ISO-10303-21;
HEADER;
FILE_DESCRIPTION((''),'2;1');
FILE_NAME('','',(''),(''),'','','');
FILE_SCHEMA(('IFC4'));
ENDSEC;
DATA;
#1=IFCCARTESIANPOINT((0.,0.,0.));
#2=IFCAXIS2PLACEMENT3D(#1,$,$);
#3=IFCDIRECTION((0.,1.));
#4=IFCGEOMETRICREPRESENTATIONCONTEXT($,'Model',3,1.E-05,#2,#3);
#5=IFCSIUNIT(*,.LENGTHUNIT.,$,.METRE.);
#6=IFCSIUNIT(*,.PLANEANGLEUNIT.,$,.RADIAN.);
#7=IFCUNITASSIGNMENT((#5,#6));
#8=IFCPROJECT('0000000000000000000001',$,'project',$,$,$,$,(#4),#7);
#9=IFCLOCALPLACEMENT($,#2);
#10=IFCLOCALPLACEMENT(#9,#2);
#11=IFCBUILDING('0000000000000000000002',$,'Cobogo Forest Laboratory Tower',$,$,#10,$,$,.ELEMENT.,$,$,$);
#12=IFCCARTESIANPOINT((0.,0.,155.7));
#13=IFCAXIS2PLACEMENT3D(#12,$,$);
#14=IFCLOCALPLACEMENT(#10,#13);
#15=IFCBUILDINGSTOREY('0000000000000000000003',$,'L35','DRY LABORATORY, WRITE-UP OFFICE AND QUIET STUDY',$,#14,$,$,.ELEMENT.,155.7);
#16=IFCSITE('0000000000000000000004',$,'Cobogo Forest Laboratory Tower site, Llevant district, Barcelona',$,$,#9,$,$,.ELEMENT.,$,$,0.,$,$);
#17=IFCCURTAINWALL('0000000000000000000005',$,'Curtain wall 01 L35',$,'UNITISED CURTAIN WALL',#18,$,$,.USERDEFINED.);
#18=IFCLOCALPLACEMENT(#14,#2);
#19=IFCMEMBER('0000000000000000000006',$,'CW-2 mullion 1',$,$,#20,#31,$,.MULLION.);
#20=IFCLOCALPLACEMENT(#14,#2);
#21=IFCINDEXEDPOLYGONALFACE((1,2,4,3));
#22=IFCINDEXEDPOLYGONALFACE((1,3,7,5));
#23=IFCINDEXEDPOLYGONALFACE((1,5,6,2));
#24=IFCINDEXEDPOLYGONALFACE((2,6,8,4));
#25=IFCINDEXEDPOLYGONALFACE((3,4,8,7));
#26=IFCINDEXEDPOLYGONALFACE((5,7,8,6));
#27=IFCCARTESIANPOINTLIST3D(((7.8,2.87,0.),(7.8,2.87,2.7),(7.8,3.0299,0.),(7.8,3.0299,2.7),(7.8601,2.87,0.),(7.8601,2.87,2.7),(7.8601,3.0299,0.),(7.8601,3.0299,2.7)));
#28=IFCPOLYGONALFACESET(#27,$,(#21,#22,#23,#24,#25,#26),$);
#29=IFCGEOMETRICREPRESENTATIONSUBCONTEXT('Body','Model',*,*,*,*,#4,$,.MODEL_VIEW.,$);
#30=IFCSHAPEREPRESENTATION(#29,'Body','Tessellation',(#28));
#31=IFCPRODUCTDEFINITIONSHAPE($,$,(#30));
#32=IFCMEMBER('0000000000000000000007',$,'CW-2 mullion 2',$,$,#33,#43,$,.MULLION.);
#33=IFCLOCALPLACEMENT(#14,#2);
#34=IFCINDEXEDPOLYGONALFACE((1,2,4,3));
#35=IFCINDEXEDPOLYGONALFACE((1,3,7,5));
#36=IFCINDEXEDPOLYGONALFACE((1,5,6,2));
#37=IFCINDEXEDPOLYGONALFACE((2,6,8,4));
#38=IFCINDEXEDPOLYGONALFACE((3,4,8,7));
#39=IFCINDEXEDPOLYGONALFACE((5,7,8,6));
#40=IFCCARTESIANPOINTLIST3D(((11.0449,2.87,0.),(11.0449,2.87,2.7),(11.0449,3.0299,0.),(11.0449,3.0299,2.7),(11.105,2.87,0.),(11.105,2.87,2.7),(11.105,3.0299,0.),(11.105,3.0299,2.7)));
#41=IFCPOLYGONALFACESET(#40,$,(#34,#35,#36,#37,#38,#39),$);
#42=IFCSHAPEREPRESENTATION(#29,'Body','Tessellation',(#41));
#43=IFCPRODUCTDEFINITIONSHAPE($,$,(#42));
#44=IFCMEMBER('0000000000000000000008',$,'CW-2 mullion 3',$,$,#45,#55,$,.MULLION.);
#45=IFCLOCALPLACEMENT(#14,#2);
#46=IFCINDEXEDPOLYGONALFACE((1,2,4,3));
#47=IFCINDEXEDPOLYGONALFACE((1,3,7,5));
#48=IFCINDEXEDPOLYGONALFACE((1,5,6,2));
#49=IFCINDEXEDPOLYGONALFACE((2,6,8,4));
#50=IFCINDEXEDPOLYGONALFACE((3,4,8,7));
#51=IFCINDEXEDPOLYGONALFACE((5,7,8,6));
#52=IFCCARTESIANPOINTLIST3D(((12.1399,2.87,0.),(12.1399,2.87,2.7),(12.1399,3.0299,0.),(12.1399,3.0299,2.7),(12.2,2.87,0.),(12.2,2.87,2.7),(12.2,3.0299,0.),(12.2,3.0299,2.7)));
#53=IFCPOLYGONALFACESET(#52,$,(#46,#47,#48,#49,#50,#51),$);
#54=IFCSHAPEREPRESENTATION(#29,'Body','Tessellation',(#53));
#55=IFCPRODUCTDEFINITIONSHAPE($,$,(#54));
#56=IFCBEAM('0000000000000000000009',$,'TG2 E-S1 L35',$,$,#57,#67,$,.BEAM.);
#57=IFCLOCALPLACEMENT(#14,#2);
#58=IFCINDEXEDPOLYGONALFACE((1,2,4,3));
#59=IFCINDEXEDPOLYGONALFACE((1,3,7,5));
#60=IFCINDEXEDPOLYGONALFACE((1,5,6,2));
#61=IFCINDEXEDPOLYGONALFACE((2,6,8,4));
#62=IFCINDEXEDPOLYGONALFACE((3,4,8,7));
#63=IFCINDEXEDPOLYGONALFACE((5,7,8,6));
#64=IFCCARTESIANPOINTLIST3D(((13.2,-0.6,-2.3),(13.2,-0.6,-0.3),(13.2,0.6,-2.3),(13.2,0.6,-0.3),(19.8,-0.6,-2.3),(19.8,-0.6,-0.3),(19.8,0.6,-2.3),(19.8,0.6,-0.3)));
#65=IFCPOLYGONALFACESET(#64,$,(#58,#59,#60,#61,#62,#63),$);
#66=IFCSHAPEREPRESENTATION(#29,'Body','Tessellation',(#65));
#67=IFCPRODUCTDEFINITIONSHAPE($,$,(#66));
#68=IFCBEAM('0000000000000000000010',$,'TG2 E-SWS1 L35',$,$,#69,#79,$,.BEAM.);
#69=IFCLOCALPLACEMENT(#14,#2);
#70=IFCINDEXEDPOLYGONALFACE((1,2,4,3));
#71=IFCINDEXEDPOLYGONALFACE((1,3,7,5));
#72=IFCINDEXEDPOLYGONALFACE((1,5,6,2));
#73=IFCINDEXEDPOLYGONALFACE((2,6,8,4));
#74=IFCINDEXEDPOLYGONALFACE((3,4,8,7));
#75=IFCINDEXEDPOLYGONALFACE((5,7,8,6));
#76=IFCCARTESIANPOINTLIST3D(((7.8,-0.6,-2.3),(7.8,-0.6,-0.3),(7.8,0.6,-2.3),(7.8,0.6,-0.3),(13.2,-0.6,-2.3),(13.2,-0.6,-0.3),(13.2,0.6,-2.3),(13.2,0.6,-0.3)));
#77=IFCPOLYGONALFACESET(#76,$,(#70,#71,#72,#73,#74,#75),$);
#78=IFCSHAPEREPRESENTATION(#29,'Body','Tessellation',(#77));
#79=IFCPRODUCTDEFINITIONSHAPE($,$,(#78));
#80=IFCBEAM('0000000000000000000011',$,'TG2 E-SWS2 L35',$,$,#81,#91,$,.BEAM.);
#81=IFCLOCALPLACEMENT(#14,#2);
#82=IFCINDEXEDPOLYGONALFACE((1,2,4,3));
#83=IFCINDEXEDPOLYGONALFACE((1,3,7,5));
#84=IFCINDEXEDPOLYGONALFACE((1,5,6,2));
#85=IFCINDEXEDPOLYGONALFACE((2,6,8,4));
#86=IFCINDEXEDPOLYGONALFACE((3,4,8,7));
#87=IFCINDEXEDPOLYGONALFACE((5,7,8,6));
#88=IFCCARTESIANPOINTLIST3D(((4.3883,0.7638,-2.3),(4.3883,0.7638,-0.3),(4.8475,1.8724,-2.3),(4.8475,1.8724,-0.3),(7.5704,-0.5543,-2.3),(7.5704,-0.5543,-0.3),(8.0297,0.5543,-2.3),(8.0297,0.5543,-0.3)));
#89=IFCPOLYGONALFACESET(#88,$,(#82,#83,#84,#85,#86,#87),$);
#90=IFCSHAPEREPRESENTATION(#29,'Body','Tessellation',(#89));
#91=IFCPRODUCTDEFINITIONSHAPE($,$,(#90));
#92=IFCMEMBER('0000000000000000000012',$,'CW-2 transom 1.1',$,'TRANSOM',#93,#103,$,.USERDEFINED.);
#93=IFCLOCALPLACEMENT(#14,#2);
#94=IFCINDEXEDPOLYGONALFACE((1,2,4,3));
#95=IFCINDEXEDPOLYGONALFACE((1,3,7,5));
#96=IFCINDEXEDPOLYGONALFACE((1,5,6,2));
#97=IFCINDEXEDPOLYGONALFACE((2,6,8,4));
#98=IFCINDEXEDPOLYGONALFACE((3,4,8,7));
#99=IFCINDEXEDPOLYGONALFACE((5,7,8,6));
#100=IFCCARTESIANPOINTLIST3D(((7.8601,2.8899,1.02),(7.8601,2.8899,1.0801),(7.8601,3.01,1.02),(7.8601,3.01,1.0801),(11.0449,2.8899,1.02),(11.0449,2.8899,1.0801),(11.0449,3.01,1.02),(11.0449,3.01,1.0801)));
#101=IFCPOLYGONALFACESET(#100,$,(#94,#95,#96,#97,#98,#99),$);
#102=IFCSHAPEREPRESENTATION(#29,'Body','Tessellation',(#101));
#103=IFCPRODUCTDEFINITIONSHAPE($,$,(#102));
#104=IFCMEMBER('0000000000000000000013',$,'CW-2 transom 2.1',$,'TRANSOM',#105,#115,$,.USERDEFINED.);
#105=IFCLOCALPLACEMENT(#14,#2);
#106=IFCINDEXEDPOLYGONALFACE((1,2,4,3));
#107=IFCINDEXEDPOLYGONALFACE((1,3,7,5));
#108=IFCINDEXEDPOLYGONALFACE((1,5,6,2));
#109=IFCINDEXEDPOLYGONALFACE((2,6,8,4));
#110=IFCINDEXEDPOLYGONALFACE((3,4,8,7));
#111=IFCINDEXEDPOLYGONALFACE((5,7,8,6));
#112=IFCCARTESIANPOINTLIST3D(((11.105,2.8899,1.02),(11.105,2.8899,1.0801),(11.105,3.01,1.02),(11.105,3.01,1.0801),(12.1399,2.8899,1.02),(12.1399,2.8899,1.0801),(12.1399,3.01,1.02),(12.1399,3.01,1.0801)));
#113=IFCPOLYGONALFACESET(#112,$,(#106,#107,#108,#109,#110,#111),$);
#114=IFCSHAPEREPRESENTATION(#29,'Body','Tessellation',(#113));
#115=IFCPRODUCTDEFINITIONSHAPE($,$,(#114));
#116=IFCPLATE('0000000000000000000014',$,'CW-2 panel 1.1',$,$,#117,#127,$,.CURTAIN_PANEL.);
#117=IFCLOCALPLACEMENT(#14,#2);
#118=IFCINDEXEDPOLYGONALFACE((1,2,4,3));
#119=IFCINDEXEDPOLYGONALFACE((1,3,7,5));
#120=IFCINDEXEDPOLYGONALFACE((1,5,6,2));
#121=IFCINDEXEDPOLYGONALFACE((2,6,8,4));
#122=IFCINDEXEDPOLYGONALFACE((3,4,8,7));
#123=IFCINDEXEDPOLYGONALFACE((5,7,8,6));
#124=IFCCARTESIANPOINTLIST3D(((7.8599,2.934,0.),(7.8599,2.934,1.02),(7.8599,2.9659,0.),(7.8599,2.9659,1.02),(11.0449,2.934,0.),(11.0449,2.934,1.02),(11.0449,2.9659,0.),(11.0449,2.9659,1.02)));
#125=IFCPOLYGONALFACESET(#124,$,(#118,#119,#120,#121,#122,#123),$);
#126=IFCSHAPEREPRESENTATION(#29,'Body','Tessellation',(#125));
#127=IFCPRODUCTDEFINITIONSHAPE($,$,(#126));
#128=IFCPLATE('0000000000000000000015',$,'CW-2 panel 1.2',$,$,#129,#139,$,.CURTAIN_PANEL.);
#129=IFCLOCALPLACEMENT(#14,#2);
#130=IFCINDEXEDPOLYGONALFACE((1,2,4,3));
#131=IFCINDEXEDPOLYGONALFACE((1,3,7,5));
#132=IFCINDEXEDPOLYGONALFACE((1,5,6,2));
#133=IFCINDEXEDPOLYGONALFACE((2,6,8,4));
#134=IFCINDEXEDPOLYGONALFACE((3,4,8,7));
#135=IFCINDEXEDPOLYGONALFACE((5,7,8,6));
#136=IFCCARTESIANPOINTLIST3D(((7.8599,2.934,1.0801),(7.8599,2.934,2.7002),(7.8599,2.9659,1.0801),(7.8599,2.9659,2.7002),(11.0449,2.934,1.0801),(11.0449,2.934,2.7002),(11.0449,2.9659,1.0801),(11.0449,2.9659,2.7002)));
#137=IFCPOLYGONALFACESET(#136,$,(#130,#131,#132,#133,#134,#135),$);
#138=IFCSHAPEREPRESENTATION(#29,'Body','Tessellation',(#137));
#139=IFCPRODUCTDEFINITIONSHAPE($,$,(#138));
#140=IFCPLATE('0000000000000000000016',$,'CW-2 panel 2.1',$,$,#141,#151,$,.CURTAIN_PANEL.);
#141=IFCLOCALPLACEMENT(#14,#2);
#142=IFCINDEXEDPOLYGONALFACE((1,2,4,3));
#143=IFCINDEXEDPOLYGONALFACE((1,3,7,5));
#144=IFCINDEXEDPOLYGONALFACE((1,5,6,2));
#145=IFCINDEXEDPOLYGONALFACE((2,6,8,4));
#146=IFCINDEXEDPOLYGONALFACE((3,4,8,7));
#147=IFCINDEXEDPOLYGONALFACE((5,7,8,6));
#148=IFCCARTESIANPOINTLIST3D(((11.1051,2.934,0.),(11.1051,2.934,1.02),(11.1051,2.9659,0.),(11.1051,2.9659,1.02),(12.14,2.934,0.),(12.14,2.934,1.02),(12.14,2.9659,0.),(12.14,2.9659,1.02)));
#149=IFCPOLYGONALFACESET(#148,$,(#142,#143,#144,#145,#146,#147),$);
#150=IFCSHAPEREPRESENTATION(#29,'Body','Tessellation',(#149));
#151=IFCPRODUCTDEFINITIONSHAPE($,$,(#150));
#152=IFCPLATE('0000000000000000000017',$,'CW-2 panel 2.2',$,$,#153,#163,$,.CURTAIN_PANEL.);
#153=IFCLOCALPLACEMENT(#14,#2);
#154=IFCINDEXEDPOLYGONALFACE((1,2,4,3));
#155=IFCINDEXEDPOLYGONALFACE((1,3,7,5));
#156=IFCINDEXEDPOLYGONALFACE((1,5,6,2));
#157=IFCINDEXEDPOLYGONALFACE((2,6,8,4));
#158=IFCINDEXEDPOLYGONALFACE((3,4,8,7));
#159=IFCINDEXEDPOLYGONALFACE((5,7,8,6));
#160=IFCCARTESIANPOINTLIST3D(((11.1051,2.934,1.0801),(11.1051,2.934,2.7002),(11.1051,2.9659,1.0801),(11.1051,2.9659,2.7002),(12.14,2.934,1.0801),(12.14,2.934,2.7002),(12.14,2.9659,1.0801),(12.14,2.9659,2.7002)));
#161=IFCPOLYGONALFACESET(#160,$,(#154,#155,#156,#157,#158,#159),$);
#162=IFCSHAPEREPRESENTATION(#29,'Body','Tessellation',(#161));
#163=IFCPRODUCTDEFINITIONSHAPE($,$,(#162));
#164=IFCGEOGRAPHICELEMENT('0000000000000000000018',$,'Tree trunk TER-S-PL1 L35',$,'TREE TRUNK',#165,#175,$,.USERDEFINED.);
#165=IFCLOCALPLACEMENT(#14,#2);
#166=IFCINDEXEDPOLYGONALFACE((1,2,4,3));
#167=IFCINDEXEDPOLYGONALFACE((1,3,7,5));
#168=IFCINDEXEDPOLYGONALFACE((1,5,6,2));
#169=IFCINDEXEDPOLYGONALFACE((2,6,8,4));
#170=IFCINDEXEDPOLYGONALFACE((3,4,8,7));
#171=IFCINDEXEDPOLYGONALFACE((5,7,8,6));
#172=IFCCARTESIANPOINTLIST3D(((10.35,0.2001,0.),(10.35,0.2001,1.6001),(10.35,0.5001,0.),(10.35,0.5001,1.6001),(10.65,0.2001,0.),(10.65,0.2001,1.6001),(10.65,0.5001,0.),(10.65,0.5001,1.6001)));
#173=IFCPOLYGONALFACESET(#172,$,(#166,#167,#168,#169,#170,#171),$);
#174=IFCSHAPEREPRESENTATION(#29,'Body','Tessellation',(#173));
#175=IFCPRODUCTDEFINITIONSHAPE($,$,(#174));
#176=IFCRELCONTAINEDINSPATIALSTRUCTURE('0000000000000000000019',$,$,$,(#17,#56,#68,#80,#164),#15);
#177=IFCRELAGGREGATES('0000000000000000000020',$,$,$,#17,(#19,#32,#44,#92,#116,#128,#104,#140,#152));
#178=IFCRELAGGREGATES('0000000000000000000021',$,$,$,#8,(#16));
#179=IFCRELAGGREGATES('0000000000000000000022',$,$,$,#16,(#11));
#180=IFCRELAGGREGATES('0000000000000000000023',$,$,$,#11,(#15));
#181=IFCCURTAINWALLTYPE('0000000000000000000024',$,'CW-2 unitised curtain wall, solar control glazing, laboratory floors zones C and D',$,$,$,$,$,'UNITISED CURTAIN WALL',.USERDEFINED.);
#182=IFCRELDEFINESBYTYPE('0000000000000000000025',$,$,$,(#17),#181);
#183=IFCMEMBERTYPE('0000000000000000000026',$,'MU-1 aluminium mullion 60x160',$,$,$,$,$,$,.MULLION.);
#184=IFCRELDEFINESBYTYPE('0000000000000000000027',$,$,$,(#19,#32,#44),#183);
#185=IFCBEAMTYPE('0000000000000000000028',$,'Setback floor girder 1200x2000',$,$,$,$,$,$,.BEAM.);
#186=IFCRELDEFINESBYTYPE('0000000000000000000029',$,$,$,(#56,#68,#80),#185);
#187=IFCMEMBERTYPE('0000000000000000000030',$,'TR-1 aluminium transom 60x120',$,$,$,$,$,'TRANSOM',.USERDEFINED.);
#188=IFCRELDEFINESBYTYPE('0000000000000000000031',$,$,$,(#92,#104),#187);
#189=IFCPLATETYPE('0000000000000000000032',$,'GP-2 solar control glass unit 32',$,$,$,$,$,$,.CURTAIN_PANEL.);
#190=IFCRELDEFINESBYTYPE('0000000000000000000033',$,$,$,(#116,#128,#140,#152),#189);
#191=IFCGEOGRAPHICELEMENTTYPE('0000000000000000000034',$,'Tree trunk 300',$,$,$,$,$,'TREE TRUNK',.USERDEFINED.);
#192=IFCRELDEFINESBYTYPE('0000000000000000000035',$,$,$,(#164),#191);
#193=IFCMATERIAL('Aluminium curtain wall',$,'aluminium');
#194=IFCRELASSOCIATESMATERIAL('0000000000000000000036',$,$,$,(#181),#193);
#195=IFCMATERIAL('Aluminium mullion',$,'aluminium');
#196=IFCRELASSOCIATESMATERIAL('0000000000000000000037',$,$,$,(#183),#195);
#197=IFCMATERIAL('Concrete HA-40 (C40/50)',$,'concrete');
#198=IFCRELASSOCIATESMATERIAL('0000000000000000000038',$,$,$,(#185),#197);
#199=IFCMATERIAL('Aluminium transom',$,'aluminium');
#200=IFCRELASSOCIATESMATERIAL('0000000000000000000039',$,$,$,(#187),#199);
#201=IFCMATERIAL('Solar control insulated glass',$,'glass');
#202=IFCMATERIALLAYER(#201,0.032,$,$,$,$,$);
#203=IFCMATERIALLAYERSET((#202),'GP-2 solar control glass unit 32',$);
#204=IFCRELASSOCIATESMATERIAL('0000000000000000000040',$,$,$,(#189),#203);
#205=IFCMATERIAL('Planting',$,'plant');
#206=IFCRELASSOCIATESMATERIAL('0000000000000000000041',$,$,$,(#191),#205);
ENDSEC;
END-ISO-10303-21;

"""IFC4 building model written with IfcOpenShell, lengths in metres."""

from ifc_helpers import new_model, si_unit, direction, frame, origin, origin_2d, place, context, subcontext, project, spatial, rectangle, extrude, material, layer, layer_set, material_profile, profile_set, type_object, element, aggregate, save


model = new_model("IFC4")

# Units and contexts
model_context = context("Model", 3, precision=1e-05, world=origin(), true_north=direction((0.0, 1.0)))
body_context = subcontext(model_context, "Body", "Model", "MODEL_VIEW")
ifc_project = project(units=[si_unit("LENGTHUNIT", "METRE"), si_unit("PLANEANGLEUNIT", "RADIAN")], contexts=[model_context])

# Site, building, storey
site_placement = place(None, origin())
site = spatial("IfcSite", under=ifc_project, at=site_placement, Name="Cobogo Forest Laboratory Tower site, Llevant district, Barcelona", CompositionType="ELEMENT", RefElevation=0.0)
building_placement = place(site_placement, origin())
building = spatial("IfcBuilding", under=site, at=building_placement, Name="Cobogo Forest Laboratory Tower", CompositionType="ELEMENT")
storey_placement = place(building_placement, frame((0.0, 0.0, 155.7)))
storey = spatial("IfcBuildingStorey", under=building, at=storey_placement, Name="L35", Description="DRY LABORATORY, WRITE-UP OFFICE AND QUIET STUDY", CompositionType="ELEMENT", Elevation=155.7)

# Curtain wall, members
ifc_material_1 = material(Name="Aluminium curtain wall", Category="aluminium")
curtain_wall_type = type_object("IfcCurtainWallType", Name="CW-2 unitised curtain wall, solar control glazing, laboratory floors zones C and D", ElementType="UNITISED CURTAIN WALL", PredefinedType="USERDEFINED", material=ifc_material_1)
curtain_wall_placement = place(storey_placement, origin())
curtain_wall = element("IfcCurtainWall", 1, at=curtain_wall_placement, inside=storey, type_object=curtain_wall_type, Name="Curtain wall 01 L35", ObjectType="UNITISED CURTAIN WALL", PredefinedType="USERDEFINED")
ifc_material_2 = material(Name="Aluminium mullion", Category="aluminium")
ifc_material_profile_1 = material_profile(ifc_material_2, rectangle(XDim=0.0601, YDim=0.1599, at=origin_2d()), Name="AL 60x160")
ifc_profile_set_1 = profile_set([ifc_material_profile_1], Name="Aluminium mullion")
member_type_1 = type_object("IfcMemberType", Name="MU-1 aluminium mullion 60x160", PredefinedType="MULLION", material=ifc_profile_set_1)
member_1_placement = place(storey_placement, frame((7.8301, 2.95, 0.0), z_axis=(0.0, 0.0, 1.0), x_axis=(1.0, 0.0, 0.0)))
member_1 = element("IfcMember", 2, at=member_1_placement, type_object=member_type_1, Name="CW-2 mullion 1", PredefinedType="MULLION", context=body_context, shape_type="SweptSolid", body=[
    extrude(rectangle(XDim=0.0601, YDim=0.1599, at=origin_2d()), origin(), (0.0, 0.0, 1.0), 2.7),
])
member_2_placement = place(storey_placement, frame((11.075, 2.95, 0.0), z_axis=(0.0, 0.0, 1.0), x_axis=(1.0, 0.0, 0.0)))
member_2 = element("IfcMember", 3, at=member_2_placement, type_object=member_type_1, Name="CW-2 mullion 2", PredefinedType="MULLION", context=body_context, shape_type="SweptSolid", body=[
    extrude(rectangle(XDim=0.0601, YDim=0.1599, at=origin_2d()), origin(), (0.0, 0.0, 1.0), 2.7),
])
member_3_placement = place(storey_placement, frame((12.1699, 2.95, 0.0), z_axis=(0.0, 0.0, 1.0), x_axis=(1.0, 0.0, 0.0)))
member_3 = element("IfcMember", 4, at=member_3_placement, type_object=member_type_1, Name="CW-2 mullion 3", PredefinedType="MULLION", context=body_context, shape_type="SweptSolid", body=[
    extrude(rectangle(XDim=0.0601, YDim=0.1599, at=origin_2d()), origin(), (0.0, 0.0, 1.0), 2.7),
])

# Beams
ifc_material_3 = material(Name="Concrete HA-40 (C40/50)", Category="concrete")
ifc_material_profile_2 = material_profile(ifc_material_3, rectangle(XDim=1.2, YDim=2.0, at=origin_2d()), Name="RC 1200x2000")
ifc_profile_set_2 = profile_set([ifc_material_profile_2], Name="Concrete HA-40 (C40/50)")
beam_type = type_object("IfcBeamType", Name="Setback floor girder 1200x2000", PredefinedType="BEAM", material=ifc_profile_set_2)
beam_1_placement = place(storey_placement, frame((13.2, 0.0, -1.3), z_axis=(1.0, 0.0, 0.0), x_axis=(0.0, 1.0, 0.0)))
element("IfcBeam", 5, at=beam_1_placement, inside=storey, type_object=beam_type, Name="TG2 E-S1 L35", PredefinedType="BEAM", context=body_context, shape_type="SweptSolid", body=[
    extrude(rectangle(XDim=1.2, YDim=2.0, at=origin_2d()), origin(), (0.0, 0.0, 1.0), 6.6001),
])
beam_2_placement = place(storey_placement, frame((13.2, 0.0, -1.3), z_axis=(-1.0, 0.0, 0.0), x_axis=(0.0, -1.0, 0.0)))
element("IfcBeam", 6, at=beam_2_placement, inside=storey, type_object=beam_type, Name="TG2 E-SWS1 L35", PredefinedType="BEAM", context=body_context, shape_type="SweptSolid", body=[
    extrude(rectangle(XDim=1.2, YDim=2.0, at=origin_2d()), origin(), (0.0, 0.0, 1.0), 5.3999),
])
beam_3_placement = place(storey_placement, frame((7.8, 0.0, -1.3), z_axis=(-0.923876, 0.382692, 0.0), x_axis=(-0.382692, -0.923876, 0.0)))
element("IfcBeam", 7, at=beam_3_placement, inside=storey, type_object=beam_type, Name="TG2 E-SWS2 L35", PredefinedType="BEAM", context=body_context, shape_type="SweptSolid", body=[
    extrude(rectangle(XDim=1.2, YDim=2.0, at=origin_2d()), origin(), (0.0, 0.0, 1.0), 3.4443),
])

# Members
ifc_material_4 = material(Name="Aluminium transom", Category="aluminium")
ifc_material_profile_3 = material_profile(ifc_material_4, rectangle(XDim=0.1201, YDim=0.0601, at=origin_2d()), Name="AL 60x120")
ifc_profile_set_3 = profile_set([ifc_material_profile_3], Name="Aluminium transom")
member_type_2 = type_object("IfcMemberType", Name="TR-1 aluminium transom 60x120", ElementType="TRANSOM", PredefinedType="USERDEFINED", material=ifc_profile_set_3)
member_4_placement = place(storey_placement, frame((7.8601, 2.95, 1.05), z_axis=(1.0, 0.0, 0.0), x_axis=(0.0, 1.0, 0.0)))
member_4 = element("IfcMember", 8, at=member_4_placement, type_object=member_type_2, Name="CW-2 transom 1.1", ObjectType="TRANSOM", PredefinedType="USERDEFINED", context=body_context, shape_type="SweptSolid", body=[
    extrude(rectangle(XDim=0.1201, YDim=0.0601, at=origin_2d()), origin(), (0.0, 0.0, 1.0), 3.1848),
])
member_5_placement = place(storey_placement, frame((11.105, 2.95, 1.05), z_axis=(1.0, 0.0, 0.0), x_axis=(0.0, 1.0, 0.0)))
member_5 = element("IfcMember", 9, at=member_5_placement, type_object=member_type_2, Name="CW-2 transom 2.1", ObjectType="TRANSOM", PredefinedType="USERDEFINED", context=body_context, shape_type="SweptSolid", body=[
    extrude(rectangle(XDim=0.1201, YDim=0.0601, at=origin_2d()), origin(), (0.0, 0.0, 1.0), 1.0349),
])

# Plates
ifc_material_5 = material(Name="Solar control insulated glass", Category="glass")
ifc_layer = layer(ifc_material_5, 0.032)
ifc_layer_set = layer_set([ifc_layer], Name="GP-2 solar control glass unit 32")
plate_type_1 = type_object("IfcPlateType", Name="GP-2 solar control glass unit 32", PredefinedType="CURTAIN_PANEL", material=ifc_layer_set)
plate_1_placement = place(storey_placement, frame((9.4524, 2.95, 0.0), z_axis=(0.0, 0.0, 1.0), x_axis=(1.0, 0.0, 0.0)))
plate_1 = element("IfcPlate", 10, at=plate_1_placement, type_object=plate_type_1, Name="CW-2 panel 1.1", PredefinedType="CURTAIN_PANEL", context=body_context, shape_type="SweptSolid", body=[
    extrude(rectangle(XDim=3.1851, YDim=0.032, at=origin_2d()), origin(), (0.0, 0.0, 1.0), 1.02),
])
plate_2_placement = place(storey_placement, frame((9.4524, 2.95, 1.0801), z_axis=(0.0, 0.0, 1.0), x_axis=(1.0, 0.0, 0.0)))
plate_2 = element("IfcPlate", 11, at=plate_2_placement, type_object=plate_type_1, Name="CW-2 panel 1.2", PredefinedType="CURTAIN_PANEL", context=body_context, shape_type="SweptSolid", body=[
    extrude(rectangle(XDim=3.1851, YDim=0.032, at=origin_2d()), origin(), (0.0, 0.0, 1.0), 1.6201),
])
plate_3_placement = place(storey_placement, frame((11.6226, 2.95, 0.0), z_axis=(0.0, 0.0, 1.0), x_axis=(1.0, 0.0, 0.0)))
plate_3 = element("IfcPlate", 12, at=plate_3_placement, type_object=plate_type_1, Name="CW-2 panel 2.1", PredefinedType="CURTAIN_PANEL", context=body_context, shape_type="SweptSolid", body=[
    extrude(rectangle(XDim=1.0349, YDim=0.032, at=origin_2d()), origin(), (0.0, 0.0, 1.0), 1.02),
])
plate_4_placement = place(storey_placement, frame((11.6226, 2.95, 1.0801), z_axis=(0.0, 0.0, 1.0), x_axis=(1.0, 0.0, 0.0)))
plate_4 = element("IfcPlate", 13, at=plate_4_placement, type_object=plate_type_1, Name="CW-2 panel 2.2", PredefinedType="CURTAIN_PANEL", context=body_context, shape_type="SweptSolid", body=[
    extrude(rectangle(XDim=1.0349, YDim=0.032, at=origin_2d()), origin(), (0.0, 0.0, 1.0), 1.6201),
])
aggregate(curtain_wall, [member_1, member_2, member_3, member_4, plate_1, plate_2, member_5, plate_3, plate_4])

# Geographic element
ifc_material_6 = material(Name="Planting", Category="plant")
geographic_element_type = type_object("IfcGeographicElementType", Name="Tree trunk 300", ElementType="TREE TRUNK", PredefinedType="USERDEFINED", material=ifc_material_6)
geographic_element_placement = place(storey_placement, frame((10.5, 0.3501, 0.0), z_axis=(0.0, 0.0, 1.0), x_axis=(1.0, 0.0, 0.0)))
element("IfcGeographicElement", 14, at=geographic_element_placement, inside=storey, type_object=geographic_element_type, Name="Tree trunk TER-S-PL1 L35", ObjectType="TREE TRUNK", PredefinedType="USERDEFINED", context=body_context, shape_type="SweptSolid", body=[
    extrude(rectangle(XDim=0.3, YDim=0.3, at=origin_2d()), origin(), (0.0, 0.0, 1.0), 1.6001),
])

save(model, "model.ifc")
